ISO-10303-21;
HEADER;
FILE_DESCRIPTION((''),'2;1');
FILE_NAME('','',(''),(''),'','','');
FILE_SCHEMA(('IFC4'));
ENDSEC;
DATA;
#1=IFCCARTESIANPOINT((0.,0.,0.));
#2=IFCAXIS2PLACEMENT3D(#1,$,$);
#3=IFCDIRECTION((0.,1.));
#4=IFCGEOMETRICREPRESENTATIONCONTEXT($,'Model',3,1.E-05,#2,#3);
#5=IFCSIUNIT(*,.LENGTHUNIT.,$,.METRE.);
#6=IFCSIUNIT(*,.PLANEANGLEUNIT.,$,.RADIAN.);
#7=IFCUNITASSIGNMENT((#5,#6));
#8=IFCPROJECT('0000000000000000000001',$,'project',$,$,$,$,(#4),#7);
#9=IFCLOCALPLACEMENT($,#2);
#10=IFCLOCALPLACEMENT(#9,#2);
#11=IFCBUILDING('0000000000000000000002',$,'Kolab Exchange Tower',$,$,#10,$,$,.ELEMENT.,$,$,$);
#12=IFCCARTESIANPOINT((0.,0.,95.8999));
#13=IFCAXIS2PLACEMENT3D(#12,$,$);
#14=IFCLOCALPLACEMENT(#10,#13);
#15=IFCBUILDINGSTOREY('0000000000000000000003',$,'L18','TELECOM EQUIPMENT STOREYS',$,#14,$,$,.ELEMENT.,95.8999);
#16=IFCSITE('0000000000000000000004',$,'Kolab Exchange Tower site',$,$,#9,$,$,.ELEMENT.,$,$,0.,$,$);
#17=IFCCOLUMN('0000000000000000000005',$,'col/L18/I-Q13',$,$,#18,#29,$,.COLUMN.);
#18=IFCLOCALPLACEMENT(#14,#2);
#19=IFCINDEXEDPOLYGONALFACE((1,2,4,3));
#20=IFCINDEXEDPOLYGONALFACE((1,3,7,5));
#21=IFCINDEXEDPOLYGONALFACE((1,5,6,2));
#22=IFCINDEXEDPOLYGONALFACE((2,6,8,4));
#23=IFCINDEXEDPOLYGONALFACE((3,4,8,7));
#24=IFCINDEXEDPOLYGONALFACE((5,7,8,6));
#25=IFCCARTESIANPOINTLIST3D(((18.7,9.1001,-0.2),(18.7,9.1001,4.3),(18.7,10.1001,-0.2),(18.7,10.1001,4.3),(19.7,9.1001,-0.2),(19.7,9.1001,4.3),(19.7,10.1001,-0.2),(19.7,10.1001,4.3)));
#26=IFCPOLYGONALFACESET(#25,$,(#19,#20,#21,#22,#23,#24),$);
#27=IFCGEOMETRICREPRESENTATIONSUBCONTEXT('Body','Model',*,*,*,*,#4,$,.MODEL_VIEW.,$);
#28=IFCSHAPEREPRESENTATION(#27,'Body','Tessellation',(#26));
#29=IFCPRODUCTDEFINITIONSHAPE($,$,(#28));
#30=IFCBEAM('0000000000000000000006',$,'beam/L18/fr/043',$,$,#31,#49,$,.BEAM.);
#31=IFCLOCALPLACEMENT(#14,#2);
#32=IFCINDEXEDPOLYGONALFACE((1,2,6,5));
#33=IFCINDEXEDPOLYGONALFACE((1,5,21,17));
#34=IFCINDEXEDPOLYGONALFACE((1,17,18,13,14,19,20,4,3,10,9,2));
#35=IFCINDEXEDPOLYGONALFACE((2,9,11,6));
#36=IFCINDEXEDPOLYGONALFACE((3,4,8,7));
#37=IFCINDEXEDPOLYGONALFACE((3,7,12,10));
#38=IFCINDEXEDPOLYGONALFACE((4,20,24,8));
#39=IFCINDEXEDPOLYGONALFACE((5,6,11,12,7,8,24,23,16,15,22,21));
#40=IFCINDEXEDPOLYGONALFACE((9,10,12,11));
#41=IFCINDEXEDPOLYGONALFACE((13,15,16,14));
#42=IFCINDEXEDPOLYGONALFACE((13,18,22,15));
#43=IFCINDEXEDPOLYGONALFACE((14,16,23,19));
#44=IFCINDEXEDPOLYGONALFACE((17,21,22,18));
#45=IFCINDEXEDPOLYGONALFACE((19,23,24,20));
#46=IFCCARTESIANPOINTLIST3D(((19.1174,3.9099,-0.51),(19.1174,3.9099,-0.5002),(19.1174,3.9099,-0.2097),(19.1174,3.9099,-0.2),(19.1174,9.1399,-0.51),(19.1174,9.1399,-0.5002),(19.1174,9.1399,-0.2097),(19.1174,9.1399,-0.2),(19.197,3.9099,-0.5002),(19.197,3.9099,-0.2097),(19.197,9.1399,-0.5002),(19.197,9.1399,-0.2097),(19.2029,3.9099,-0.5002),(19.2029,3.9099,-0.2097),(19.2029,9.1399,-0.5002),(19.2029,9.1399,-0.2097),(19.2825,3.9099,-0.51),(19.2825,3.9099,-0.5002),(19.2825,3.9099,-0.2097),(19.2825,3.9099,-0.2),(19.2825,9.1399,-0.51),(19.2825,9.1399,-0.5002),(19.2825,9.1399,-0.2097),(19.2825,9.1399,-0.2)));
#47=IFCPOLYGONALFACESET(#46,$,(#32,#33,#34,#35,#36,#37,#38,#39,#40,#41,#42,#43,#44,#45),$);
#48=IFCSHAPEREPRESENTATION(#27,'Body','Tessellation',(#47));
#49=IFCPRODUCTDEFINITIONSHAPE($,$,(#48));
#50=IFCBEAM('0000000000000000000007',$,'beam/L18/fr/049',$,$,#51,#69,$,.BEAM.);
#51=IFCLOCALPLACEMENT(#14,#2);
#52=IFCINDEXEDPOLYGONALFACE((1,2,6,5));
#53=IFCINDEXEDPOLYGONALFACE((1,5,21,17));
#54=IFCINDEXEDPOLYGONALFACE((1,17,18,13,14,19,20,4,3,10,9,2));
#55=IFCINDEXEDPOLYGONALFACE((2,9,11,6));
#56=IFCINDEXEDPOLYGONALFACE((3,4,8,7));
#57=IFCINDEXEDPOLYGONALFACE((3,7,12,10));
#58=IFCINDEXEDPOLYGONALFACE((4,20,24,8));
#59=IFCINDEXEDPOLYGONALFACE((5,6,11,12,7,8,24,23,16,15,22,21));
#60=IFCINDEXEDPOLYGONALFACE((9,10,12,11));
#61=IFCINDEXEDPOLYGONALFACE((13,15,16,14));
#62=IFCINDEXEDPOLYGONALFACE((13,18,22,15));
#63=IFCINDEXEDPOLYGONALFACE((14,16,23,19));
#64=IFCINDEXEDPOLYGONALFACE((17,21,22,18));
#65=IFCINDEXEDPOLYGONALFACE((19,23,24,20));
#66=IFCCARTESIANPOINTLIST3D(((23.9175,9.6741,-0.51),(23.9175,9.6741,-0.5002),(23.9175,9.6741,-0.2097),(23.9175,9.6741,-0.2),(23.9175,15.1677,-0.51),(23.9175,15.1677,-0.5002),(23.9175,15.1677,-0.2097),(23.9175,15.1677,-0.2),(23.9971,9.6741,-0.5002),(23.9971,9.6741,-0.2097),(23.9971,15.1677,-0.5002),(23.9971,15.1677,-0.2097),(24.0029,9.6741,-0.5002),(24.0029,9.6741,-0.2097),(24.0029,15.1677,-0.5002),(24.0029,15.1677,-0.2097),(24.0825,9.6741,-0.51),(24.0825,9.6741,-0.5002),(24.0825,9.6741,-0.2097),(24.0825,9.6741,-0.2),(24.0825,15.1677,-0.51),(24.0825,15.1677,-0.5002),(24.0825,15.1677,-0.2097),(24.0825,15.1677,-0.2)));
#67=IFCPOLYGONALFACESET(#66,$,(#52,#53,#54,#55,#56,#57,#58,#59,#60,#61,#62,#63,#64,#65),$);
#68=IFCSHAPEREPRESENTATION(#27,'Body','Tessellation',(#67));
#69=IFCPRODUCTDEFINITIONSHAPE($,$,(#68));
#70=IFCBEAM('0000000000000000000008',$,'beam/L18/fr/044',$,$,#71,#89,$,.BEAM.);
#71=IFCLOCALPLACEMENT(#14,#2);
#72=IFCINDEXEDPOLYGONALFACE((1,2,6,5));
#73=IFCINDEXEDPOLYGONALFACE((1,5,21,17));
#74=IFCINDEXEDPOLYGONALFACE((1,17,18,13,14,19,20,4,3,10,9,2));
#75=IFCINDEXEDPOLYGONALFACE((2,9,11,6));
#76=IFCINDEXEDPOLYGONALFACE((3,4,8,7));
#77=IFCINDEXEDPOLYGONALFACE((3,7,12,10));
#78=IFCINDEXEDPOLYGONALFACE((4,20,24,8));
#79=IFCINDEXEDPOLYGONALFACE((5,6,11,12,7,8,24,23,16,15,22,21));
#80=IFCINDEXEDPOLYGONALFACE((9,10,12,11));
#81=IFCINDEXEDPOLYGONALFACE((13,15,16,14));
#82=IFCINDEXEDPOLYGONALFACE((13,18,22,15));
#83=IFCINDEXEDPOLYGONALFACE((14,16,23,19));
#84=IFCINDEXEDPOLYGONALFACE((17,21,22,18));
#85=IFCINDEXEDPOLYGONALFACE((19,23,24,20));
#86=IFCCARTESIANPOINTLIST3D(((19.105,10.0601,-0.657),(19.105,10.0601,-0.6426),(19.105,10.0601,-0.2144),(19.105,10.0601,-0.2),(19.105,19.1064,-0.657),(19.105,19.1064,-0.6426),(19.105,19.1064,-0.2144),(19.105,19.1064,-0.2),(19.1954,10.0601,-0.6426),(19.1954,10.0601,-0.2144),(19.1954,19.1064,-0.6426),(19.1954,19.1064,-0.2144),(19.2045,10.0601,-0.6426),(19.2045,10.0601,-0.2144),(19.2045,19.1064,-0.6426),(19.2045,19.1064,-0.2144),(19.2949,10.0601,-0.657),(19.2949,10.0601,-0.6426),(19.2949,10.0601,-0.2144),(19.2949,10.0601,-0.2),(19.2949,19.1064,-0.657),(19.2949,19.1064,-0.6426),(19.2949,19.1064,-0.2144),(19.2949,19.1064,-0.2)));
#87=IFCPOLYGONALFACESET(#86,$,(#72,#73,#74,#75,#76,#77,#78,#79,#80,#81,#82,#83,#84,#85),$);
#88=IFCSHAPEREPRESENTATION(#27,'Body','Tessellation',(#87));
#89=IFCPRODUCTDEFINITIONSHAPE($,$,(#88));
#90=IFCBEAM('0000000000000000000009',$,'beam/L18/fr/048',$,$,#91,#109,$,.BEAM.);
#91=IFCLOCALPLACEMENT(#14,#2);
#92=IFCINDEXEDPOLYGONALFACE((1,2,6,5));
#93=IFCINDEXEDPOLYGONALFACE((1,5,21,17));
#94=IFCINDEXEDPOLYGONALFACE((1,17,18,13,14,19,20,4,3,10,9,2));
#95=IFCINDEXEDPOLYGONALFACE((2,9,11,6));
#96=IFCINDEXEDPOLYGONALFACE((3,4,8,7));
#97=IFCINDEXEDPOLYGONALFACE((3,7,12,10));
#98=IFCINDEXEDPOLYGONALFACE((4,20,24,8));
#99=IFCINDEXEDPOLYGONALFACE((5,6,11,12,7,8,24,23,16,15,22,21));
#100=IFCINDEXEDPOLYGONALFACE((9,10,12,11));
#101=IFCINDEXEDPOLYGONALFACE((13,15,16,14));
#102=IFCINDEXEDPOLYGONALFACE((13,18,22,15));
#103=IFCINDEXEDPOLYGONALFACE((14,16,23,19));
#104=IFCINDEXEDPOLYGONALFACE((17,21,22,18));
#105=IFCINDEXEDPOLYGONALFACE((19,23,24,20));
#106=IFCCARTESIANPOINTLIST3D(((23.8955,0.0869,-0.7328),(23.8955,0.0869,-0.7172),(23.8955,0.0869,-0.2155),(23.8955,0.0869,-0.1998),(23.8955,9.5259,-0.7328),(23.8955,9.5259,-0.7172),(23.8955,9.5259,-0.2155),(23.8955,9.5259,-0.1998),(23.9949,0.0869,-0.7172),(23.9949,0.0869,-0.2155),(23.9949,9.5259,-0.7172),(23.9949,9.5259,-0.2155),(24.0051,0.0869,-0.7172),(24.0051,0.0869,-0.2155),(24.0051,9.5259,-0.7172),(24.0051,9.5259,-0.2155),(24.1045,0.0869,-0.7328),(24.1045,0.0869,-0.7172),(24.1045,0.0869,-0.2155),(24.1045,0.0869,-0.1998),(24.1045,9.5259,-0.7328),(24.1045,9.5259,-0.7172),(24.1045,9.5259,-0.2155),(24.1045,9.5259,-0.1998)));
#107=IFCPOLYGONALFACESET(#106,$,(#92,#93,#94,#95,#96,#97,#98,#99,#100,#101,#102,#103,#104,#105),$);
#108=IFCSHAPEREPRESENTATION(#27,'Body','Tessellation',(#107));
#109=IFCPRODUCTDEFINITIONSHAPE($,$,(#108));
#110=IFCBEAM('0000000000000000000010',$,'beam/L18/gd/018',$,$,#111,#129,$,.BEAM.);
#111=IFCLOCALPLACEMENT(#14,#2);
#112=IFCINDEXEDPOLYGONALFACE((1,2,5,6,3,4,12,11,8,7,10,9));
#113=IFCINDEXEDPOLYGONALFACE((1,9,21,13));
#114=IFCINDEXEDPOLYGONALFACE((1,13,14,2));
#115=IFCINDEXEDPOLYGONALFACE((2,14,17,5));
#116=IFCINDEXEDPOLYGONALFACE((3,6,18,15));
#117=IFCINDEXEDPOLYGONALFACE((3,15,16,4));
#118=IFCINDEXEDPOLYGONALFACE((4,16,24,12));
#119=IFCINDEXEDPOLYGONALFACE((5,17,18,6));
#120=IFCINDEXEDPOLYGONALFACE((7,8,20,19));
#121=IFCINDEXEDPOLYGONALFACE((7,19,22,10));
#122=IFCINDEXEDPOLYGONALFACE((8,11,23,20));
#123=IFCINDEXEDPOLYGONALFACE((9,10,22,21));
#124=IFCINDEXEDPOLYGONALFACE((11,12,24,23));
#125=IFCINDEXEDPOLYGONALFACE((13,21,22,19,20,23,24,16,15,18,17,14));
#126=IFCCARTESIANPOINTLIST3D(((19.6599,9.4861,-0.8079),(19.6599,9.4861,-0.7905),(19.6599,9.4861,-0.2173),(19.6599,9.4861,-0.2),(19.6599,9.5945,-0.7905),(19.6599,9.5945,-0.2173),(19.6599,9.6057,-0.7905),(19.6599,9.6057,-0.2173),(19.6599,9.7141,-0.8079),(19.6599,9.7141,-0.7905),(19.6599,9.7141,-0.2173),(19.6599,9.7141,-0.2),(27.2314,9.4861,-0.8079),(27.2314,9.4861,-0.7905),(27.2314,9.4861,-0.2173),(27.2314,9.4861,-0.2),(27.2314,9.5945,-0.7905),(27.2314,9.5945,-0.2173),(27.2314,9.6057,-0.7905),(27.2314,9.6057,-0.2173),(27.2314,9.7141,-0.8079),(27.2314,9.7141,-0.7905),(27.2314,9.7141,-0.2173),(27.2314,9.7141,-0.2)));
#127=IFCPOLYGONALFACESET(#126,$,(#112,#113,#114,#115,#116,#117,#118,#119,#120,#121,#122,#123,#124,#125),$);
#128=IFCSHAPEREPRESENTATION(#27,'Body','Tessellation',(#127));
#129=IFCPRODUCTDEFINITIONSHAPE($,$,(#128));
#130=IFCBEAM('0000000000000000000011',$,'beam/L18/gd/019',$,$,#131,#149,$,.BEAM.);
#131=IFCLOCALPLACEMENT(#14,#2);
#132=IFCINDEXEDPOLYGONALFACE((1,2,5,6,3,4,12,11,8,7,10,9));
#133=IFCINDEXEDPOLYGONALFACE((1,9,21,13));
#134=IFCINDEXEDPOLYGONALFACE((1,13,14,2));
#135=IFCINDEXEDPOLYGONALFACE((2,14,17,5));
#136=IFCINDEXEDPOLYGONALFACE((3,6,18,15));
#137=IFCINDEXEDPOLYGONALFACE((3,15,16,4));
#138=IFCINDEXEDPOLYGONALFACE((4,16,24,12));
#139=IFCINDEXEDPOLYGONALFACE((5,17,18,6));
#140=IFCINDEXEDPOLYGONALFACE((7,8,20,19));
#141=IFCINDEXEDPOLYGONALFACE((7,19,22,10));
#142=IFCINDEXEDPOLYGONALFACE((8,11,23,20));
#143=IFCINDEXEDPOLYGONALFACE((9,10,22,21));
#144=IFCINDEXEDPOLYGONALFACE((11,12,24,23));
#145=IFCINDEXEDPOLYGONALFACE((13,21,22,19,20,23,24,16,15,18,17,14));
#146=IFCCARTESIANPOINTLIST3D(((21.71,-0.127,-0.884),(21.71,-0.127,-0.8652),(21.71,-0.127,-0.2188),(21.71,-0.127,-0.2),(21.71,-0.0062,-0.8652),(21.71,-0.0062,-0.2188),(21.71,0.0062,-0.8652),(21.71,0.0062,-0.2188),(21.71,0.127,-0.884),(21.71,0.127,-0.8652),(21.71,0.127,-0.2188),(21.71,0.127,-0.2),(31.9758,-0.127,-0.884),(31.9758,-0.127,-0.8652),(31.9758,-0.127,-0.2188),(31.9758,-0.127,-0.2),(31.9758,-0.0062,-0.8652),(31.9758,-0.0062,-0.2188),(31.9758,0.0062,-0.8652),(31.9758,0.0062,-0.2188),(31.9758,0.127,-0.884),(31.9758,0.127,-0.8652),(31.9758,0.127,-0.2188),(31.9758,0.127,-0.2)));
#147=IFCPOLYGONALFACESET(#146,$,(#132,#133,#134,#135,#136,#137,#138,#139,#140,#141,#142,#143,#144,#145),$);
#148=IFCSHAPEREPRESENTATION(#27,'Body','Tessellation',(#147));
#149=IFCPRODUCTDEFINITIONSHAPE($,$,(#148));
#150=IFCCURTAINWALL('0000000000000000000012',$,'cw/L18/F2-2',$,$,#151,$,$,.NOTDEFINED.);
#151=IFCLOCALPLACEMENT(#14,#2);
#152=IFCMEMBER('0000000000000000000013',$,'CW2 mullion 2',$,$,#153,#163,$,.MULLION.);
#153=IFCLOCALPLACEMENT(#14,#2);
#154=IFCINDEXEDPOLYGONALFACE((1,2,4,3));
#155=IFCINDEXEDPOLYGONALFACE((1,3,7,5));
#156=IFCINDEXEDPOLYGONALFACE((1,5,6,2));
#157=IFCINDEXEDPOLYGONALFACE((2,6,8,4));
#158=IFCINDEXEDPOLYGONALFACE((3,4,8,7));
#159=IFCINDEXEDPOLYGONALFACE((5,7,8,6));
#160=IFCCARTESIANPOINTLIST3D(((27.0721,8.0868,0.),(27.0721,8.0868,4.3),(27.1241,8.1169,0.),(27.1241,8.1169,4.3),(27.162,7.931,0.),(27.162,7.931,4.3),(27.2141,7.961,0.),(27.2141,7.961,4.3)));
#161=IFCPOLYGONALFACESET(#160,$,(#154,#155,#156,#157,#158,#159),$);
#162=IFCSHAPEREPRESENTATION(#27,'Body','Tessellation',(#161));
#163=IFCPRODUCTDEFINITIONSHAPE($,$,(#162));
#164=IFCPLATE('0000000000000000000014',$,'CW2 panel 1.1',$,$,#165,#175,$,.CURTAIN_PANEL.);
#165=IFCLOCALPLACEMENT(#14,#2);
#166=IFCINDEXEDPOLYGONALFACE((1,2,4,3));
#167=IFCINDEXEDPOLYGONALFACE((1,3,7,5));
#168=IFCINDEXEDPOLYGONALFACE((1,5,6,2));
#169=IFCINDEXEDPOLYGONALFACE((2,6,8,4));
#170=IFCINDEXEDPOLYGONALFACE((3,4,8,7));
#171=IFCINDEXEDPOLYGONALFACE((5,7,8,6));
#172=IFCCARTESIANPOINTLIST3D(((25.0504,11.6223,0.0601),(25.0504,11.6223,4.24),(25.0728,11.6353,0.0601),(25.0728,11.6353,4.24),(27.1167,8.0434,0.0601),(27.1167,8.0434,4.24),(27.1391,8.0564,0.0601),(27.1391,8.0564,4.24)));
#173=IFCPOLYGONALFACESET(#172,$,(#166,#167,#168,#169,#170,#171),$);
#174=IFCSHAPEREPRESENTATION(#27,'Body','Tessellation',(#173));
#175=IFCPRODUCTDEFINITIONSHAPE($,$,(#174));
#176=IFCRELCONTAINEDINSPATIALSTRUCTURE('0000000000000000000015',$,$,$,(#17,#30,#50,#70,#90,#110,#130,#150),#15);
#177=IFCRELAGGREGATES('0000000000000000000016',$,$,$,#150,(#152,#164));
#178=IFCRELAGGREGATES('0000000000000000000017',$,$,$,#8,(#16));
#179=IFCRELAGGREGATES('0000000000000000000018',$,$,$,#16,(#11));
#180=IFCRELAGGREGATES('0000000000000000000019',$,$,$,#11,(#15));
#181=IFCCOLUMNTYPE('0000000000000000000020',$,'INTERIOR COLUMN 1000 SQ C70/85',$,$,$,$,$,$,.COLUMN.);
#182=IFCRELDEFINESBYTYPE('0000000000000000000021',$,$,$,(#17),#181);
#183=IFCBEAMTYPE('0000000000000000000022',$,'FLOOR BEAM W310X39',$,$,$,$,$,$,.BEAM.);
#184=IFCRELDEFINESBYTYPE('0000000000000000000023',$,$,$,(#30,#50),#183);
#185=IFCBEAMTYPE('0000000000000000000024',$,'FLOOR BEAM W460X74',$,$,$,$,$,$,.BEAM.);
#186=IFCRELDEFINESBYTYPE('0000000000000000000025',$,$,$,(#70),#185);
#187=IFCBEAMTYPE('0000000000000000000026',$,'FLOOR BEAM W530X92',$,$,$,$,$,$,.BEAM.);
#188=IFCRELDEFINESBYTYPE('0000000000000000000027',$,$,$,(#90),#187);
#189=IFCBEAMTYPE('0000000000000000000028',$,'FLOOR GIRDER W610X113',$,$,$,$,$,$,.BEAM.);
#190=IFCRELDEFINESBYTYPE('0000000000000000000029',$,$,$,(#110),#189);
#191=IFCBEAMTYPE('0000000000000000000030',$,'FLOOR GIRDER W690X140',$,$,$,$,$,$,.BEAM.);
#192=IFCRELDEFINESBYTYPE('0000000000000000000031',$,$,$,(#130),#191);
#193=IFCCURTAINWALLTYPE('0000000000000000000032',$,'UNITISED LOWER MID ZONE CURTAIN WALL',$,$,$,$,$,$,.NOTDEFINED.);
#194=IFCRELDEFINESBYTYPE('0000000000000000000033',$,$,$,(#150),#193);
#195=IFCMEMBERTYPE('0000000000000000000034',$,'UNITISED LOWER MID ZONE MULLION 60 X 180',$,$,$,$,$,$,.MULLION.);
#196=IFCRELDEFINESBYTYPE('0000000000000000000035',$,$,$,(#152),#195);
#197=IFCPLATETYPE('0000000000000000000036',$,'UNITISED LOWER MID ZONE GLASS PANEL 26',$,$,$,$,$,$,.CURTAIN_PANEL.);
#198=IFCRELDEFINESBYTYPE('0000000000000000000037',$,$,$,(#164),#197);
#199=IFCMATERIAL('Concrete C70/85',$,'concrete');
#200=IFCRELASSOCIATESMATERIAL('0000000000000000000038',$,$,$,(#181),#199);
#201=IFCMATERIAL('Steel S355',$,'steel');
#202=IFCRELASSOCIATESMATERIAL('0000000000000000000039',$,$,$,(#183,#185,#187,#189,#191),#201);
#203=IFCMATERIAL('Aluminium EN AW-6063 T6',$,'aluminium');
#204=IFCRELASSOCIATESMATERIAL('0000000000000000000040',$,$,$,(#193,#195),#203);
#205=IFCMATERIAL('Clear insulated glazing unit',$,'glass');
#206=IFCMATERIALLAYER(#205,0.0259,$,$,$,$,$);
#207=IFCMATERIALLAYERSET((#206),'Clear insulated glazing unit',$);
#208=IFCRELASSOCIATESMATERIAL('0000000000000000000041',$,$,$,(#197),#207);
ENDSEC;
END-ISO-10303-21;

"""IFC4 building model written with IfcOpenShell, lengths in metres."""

from ifc_helpers import new_model, si_unit, direction, frame, origin, origin_2d, place, context, subcontext, project, spatial, rectangle, i_section, extrude, material, layer, layer_set, material_profile, profile_set, type_object, element, aggregate, save


model = new_model("IFC4")

# Units and contexts
model_context = context("Model", 3, precision=1e-05, world=origin(), true_north=direction((0.0, 1.0)))
body_context = subcontext(model_context, "Body", "Model", "MODEL_VIEW")
ifc_project = project(units=[si_unit("LENGTHUNIT", "METRE"), si_unit("PLANEANGLEUNIT", "RADIAN")], contexts=[model_context])

# Site, building, storey
site_placement = place(None, origin())
site = spatial("IfcSite", under=ifc_project, at=site_placement, Name="Kolab Exchange Tower site", CompositionType="ELEMENT", RefElevation=0.0)
building_placement = place(site_placement, origin())
building = spatial("IfcBuilding", under=site, at=building_placement, Name="Kolab Exchange Tower", CompositionType="ELEMENT")
storey_placement = place(building_placement, frame((0.0, 0.0, 95.8999)))
storey = spatial("IfcBuildingStorey", under=building, at=storey_placement, Name="L18", Description="TELECOM EQUIPMENT STOREYS", CompositionType="ELEMENT", Elevation=95.8999)

# Column
ifc_material_1 = material(Name="Concrete C70/85", Category="concrete")
ifc_material_profile_1 = material_profile(ifc_material_1, rectangle(XDim=1.0, YDim=1.0, at=origin_2d()), Name="RC1000")
ifc_profile_set_1 = profile_set([ifc_material_profile_1], Name="Concrete C70/85")
column_type = type_object("IfcColumnType", Name="INTERIOR COLUMN 1000 SQ C70/85", PredefinedType="COLUMN", material=ifc_profile_set_1)
column_placement = place(storey_placement, frame((19.2, 9.6001, -0.2), z_axis=(0.0, 0.0, 1.0), x_axis=(1.0, 0.0, 0.0)))
element("IfcColumn", 1, at=column_placement, inside=storey, type_object=column_type, Name="col/L18/I-Q13", PredefinedType="COLUMN", context=body_context, shape_type="SweptSolid", body=[
    extrude(rectangle(XDim=1.0, YDim=1.0, at=origin_2d()), origin(), (0.0, 0.0, 1.0), 4.5),
])

# Beams
ifc_material_2 = material(Name="Steel S355", Category="steel")
ifc_material_profile_2 = material_profile(ifc_material_2, i_section(OverallWidth=0.165, OverallDepth=0.3101, WebThickness=0.0059, FlangeThickness=0.0098, at=origin_2d()), Name="W310X39")
ifc_profile_set_2 = profile_set([ifc_material_profile_2], Name="Steel S355")
beam_type_1 = type_object("IfcBeamType", Name="FLOOR BEAM W310X39", PredefinedType="BEAM", material=ifc_profile_set_2)
beam_1_placement = place(storey_placement, frame((19.2, 3.9099, -0.355), z_axis=(0.0, 1.0, 0.0), x_axis=(-1.0, 0.0, 0.0)))
element("IfcBeam", 2, at=beam_1_placement, inside=storey, type_object=beam_type_1, Name="beam/L18/fr/043", PredefinedType="BEAM", context=body_context, shape_type="SweptSolid", body=[
    extrude(i_section(OverallWidth=0.165, OverallDepth=0.3101, WebThickness=0.0059, FlangeThickness=0.0098, at=origin_2d()), origin(), (0.0, 0.0, 1.0), 5.23),
])
beam_2_placement = place(storey_placement, frame((24.0, 9.6741, -0.355), z_axis=(0.0, 1.0, 0.0), x_axis=(-1.0, 0.0, 0.0)))
element("IfcBeam", 3, at=beam_2_placement, inside=storey, type_object=beam_type_1, Name="beam/L18/fr/049", PredefinedType="BEAM", context=body_context, shape_type="SweptSolid", body=[
    extrude(i_section(OverallWidth=0.165, OverallDepth=0.3101, WebThickness=0.0059, FlangeThickness=0.0098, at=origin_2d()), origin(), (0.0, 0.0, 1.0), 5.4937),
])
ifc_material_profile_3 = material_profile(ifc_material_2, i_section(OverallWidth=0.1899, OverallDepth=0.457, WebThickness=0.009, FlangeThickness=0.0144, at=origin_2d()), Name="W460X74")
ifc_profile_set_3 = profile_set([ifc_material_profile_3], Name="Steel S355")
beam_type_2 = type_object("IfcBeamType", Name="FLOOR BEAM W460X74", PredefinedType="BEAM", material=ifc_profile_set_3)
beam_3_placement = place(storey_placement, frame((19.2, 10.0601, -0.4285), z_axis=(0.0, 1.0, 0.0), x_axis=(-1.0, 0.0, 0.0)))
element("IfcBeam", 4, at=beam_3_placement, inside=storey, type_object=beam_type_2, Name="beam/L18/fr/044", PredefinedType="BEAM", context=body_context, shape_type="SweptSolid", body=[
    extrude(i_section(OverallWidth=0.1899, OverallDepth=0.457, WebThickness=0.009, FlangeThickness=0.0144, at=origin_2d()), origin(), (0.0, 0.0, 1.0), 9.0464),
])
ifc_material_profile_4 = material_profile(ifc_material_2, i_section(OverallWidth=0.209, OverallDepth=0.533, WebThickness=0.0103, FlangeThickness=0.0156, at=origin_2d()), Name="W530X92")
ifc_profile_set_4 = profile_set([ifc_material_profile_4], Name="Steel S355")
beam_type_3 = type_object("IfcBeamType", Name="FLOOR BEAM W530X92", PredefinedType="BEAM", material=ifc_profile_set_4)
beam_4_placement = place(storey_placement, frame((24.0, 0.0869, -0.4663), z_axis=(0.0, 1.0, 0.0), x_axis=(-1.0, 0.0, 0.0)))
element("IfcBeam", 5, at=beam_4_placement, inside=storey, type_object=beam_type_3, Name="beam/L18/fr/048", PredefinedType="BEAM", context=body_context, shape_type="SweptSolid", body=[
    extrude(i_section(OverallWidth=0.209, OverallDepth=0.533, WebThickness=0.0103, FlangeThickness=0.0156, at=origin_2d()), origin(), (0.0, 0.0, 1.0), 9.439),
])
ifc_material_profile_5 = material_profile(ifc_material_2, i_section(OverallWidth=0.228, OverallDepth=0.6079, WebThickness=0.0112, FlangeThickness=0.0173, at=origin_2d()), Name="W610X113")
ifc_profile_set_5 = profile_set([ifc_material_profile_5], Name="Steel S355")
beam_type_4 = type_object("IfcBeamType", Name="FLOOR GIRDER W610X113", PredefinedType="BEAM", material=ifc_profile_set_5)
beam_5_placement = place(storey_placement, frame((19.6599, 9.6001, -0.5039), z_axis=(1.0, 0.0, 0.0), x_axis=(0.0, 1.0, 0.0)))
element("IfcBeam", 6, at=beam_5_placement, inside=storey, type_object=beam_type_4, Name="beam/L18/gd/018", PredefinedType="BEAM", context=body_context, shape_type="SweptSolid", body=[
    extrude(i_section(OverallWidth=0.228, OverallDepth=0.6079, WebThickness=0.0112, FlangeThickness=0.0173, at=origin_2d()), origin(), (0.0, 0.0, 1.0), 7.5715),
])
ifc_material_profile_6 = material_profile(ifc_material_2, i_section(OverallWidth=0.2539, OverallDepth=0.6841, WebThickness=0.0125, FlangeThickness=0.0188, at=origin_2d()), Name="W690X140")
ifc_profile_set_6 = profile_set([ifc_material_profile_6], Name="Steel S355")
beam_type_5 = type_object("IfcBeamType", Name="FLOOR GIRDER W690X140", PredefinedType="BEAM", material=ifc_profile_set_6)
beam_6_placement = place(storey_placement, frame((21.71, 0.0, -0.542), z_axis=(1.0, 0.0, 0.0), x_axis=(0.0, 1.0, 0.0)))
element("IfcBeam", 7, at=beam_6_placement, inside=storey, type_object=beam_type_5, Name="beam/L18/gd/019", PredefinedType="BEAM", context=body_context, shape_type="SweptSolid", body=[
    extrude(i_section(OverallWidth=0.2539, OverallDepth=0.6841, WebThickness=0.0125, FlangeThickness=0.0188, at=origin_2d()), origin(), (0.0, 0.0, 1.0), 10.2659),
])

# Curtain wall, member, plate
ifc_material_3 = material(Name="Aluminium EN AW-6063 T6", Category="aluminium")
curtain_wall_type = type_object("IfcCurtainWallType", Name="UNITISED LOWER MID ZONE CURTAIN WALL", PredefinedType="NOTDEFINED", material=ifc_material_3)
curtain_wall_placement = place(storey_placement, origin())
curtain_wall = element("IfcCurtainWall", 8, at=curtain_wall_placement, inside=storey, type_object=curtain_wall_type, Name="cw/L18/F2-2", PredefinedType="NOTDEFINED")
ifc_material_profile_7 = material_profile(ifc_material_3, rectangle(XDim=0.0601, YDim=0.1799, at=origin_2d()), Name="RECT 60X180")
ifc_profile_set_7 = profile_set([ifc_material_profile_7], Name="Aluminium EN AW-6063 T6")
member_type = type_object("IfcMemberType", Name="UNITISED LOWER MID ZONE MULLION 60 X 180", PredefinedType="MULLION", material=ifc_profile_set_7)
member_placement = place(storey_placement, frame((27.1431, 8.0239, 0.0), z_axis=(0.0, 0.0, 1.0), x_axis=(0.866025, 0.5, 0.0)))
member = element("IfcMember", 9, at=member_placement, type_object=member_type, Name="CW2 mullion 2", PredefinedType="MULLION", context=body_context, shape_type="SweptSolid", body=[
    extrude(rectangle(XDim=0.0601, YDim=0.1799, at=origin_2d()), origin(), (0.0, 0.0, 1.0), 4.3),
])
ifc_material_4 = material(Name="Clear insulated glazing unit", Category="glass")
ifc_layer_1 = layer(ifc_material_4, 0.0259)
ifc_layer_set_1 = layer_set([ifc_layer_1], Name="Clear insulated glazing unit")
plate_type = type_object("IfcPlateType", Name="UNITISED LOWER MID ZONE GLASS PANEL 26", PredefinedType="CURTAIN_PANEL", material=ifc_layer_set_1)
plate_placement = place(storey_placement, frame((26.0947, 9.8394, 0.0601), z_axis=(0.0, 0.0, 1.0), x_axis=(0.5, -0.866025, 0.0)))
plate = element("IfcPlate", 10, at=plate_placement, type_object=plate_type, Name="CW2 panel 1.1", PredefinedType="CURTAIN_PANEL", context=body_context, shape_type="SweptSolid", body=[
    extrude(rectangle(XDim=4.1326, YDim=0.0259, at=origin_2d()), origin(), (0.0, 0.0, 1.0), 4.1799),
])
aggregate(curtain_wall, [member, plate])

save(model, "model.ifc")
